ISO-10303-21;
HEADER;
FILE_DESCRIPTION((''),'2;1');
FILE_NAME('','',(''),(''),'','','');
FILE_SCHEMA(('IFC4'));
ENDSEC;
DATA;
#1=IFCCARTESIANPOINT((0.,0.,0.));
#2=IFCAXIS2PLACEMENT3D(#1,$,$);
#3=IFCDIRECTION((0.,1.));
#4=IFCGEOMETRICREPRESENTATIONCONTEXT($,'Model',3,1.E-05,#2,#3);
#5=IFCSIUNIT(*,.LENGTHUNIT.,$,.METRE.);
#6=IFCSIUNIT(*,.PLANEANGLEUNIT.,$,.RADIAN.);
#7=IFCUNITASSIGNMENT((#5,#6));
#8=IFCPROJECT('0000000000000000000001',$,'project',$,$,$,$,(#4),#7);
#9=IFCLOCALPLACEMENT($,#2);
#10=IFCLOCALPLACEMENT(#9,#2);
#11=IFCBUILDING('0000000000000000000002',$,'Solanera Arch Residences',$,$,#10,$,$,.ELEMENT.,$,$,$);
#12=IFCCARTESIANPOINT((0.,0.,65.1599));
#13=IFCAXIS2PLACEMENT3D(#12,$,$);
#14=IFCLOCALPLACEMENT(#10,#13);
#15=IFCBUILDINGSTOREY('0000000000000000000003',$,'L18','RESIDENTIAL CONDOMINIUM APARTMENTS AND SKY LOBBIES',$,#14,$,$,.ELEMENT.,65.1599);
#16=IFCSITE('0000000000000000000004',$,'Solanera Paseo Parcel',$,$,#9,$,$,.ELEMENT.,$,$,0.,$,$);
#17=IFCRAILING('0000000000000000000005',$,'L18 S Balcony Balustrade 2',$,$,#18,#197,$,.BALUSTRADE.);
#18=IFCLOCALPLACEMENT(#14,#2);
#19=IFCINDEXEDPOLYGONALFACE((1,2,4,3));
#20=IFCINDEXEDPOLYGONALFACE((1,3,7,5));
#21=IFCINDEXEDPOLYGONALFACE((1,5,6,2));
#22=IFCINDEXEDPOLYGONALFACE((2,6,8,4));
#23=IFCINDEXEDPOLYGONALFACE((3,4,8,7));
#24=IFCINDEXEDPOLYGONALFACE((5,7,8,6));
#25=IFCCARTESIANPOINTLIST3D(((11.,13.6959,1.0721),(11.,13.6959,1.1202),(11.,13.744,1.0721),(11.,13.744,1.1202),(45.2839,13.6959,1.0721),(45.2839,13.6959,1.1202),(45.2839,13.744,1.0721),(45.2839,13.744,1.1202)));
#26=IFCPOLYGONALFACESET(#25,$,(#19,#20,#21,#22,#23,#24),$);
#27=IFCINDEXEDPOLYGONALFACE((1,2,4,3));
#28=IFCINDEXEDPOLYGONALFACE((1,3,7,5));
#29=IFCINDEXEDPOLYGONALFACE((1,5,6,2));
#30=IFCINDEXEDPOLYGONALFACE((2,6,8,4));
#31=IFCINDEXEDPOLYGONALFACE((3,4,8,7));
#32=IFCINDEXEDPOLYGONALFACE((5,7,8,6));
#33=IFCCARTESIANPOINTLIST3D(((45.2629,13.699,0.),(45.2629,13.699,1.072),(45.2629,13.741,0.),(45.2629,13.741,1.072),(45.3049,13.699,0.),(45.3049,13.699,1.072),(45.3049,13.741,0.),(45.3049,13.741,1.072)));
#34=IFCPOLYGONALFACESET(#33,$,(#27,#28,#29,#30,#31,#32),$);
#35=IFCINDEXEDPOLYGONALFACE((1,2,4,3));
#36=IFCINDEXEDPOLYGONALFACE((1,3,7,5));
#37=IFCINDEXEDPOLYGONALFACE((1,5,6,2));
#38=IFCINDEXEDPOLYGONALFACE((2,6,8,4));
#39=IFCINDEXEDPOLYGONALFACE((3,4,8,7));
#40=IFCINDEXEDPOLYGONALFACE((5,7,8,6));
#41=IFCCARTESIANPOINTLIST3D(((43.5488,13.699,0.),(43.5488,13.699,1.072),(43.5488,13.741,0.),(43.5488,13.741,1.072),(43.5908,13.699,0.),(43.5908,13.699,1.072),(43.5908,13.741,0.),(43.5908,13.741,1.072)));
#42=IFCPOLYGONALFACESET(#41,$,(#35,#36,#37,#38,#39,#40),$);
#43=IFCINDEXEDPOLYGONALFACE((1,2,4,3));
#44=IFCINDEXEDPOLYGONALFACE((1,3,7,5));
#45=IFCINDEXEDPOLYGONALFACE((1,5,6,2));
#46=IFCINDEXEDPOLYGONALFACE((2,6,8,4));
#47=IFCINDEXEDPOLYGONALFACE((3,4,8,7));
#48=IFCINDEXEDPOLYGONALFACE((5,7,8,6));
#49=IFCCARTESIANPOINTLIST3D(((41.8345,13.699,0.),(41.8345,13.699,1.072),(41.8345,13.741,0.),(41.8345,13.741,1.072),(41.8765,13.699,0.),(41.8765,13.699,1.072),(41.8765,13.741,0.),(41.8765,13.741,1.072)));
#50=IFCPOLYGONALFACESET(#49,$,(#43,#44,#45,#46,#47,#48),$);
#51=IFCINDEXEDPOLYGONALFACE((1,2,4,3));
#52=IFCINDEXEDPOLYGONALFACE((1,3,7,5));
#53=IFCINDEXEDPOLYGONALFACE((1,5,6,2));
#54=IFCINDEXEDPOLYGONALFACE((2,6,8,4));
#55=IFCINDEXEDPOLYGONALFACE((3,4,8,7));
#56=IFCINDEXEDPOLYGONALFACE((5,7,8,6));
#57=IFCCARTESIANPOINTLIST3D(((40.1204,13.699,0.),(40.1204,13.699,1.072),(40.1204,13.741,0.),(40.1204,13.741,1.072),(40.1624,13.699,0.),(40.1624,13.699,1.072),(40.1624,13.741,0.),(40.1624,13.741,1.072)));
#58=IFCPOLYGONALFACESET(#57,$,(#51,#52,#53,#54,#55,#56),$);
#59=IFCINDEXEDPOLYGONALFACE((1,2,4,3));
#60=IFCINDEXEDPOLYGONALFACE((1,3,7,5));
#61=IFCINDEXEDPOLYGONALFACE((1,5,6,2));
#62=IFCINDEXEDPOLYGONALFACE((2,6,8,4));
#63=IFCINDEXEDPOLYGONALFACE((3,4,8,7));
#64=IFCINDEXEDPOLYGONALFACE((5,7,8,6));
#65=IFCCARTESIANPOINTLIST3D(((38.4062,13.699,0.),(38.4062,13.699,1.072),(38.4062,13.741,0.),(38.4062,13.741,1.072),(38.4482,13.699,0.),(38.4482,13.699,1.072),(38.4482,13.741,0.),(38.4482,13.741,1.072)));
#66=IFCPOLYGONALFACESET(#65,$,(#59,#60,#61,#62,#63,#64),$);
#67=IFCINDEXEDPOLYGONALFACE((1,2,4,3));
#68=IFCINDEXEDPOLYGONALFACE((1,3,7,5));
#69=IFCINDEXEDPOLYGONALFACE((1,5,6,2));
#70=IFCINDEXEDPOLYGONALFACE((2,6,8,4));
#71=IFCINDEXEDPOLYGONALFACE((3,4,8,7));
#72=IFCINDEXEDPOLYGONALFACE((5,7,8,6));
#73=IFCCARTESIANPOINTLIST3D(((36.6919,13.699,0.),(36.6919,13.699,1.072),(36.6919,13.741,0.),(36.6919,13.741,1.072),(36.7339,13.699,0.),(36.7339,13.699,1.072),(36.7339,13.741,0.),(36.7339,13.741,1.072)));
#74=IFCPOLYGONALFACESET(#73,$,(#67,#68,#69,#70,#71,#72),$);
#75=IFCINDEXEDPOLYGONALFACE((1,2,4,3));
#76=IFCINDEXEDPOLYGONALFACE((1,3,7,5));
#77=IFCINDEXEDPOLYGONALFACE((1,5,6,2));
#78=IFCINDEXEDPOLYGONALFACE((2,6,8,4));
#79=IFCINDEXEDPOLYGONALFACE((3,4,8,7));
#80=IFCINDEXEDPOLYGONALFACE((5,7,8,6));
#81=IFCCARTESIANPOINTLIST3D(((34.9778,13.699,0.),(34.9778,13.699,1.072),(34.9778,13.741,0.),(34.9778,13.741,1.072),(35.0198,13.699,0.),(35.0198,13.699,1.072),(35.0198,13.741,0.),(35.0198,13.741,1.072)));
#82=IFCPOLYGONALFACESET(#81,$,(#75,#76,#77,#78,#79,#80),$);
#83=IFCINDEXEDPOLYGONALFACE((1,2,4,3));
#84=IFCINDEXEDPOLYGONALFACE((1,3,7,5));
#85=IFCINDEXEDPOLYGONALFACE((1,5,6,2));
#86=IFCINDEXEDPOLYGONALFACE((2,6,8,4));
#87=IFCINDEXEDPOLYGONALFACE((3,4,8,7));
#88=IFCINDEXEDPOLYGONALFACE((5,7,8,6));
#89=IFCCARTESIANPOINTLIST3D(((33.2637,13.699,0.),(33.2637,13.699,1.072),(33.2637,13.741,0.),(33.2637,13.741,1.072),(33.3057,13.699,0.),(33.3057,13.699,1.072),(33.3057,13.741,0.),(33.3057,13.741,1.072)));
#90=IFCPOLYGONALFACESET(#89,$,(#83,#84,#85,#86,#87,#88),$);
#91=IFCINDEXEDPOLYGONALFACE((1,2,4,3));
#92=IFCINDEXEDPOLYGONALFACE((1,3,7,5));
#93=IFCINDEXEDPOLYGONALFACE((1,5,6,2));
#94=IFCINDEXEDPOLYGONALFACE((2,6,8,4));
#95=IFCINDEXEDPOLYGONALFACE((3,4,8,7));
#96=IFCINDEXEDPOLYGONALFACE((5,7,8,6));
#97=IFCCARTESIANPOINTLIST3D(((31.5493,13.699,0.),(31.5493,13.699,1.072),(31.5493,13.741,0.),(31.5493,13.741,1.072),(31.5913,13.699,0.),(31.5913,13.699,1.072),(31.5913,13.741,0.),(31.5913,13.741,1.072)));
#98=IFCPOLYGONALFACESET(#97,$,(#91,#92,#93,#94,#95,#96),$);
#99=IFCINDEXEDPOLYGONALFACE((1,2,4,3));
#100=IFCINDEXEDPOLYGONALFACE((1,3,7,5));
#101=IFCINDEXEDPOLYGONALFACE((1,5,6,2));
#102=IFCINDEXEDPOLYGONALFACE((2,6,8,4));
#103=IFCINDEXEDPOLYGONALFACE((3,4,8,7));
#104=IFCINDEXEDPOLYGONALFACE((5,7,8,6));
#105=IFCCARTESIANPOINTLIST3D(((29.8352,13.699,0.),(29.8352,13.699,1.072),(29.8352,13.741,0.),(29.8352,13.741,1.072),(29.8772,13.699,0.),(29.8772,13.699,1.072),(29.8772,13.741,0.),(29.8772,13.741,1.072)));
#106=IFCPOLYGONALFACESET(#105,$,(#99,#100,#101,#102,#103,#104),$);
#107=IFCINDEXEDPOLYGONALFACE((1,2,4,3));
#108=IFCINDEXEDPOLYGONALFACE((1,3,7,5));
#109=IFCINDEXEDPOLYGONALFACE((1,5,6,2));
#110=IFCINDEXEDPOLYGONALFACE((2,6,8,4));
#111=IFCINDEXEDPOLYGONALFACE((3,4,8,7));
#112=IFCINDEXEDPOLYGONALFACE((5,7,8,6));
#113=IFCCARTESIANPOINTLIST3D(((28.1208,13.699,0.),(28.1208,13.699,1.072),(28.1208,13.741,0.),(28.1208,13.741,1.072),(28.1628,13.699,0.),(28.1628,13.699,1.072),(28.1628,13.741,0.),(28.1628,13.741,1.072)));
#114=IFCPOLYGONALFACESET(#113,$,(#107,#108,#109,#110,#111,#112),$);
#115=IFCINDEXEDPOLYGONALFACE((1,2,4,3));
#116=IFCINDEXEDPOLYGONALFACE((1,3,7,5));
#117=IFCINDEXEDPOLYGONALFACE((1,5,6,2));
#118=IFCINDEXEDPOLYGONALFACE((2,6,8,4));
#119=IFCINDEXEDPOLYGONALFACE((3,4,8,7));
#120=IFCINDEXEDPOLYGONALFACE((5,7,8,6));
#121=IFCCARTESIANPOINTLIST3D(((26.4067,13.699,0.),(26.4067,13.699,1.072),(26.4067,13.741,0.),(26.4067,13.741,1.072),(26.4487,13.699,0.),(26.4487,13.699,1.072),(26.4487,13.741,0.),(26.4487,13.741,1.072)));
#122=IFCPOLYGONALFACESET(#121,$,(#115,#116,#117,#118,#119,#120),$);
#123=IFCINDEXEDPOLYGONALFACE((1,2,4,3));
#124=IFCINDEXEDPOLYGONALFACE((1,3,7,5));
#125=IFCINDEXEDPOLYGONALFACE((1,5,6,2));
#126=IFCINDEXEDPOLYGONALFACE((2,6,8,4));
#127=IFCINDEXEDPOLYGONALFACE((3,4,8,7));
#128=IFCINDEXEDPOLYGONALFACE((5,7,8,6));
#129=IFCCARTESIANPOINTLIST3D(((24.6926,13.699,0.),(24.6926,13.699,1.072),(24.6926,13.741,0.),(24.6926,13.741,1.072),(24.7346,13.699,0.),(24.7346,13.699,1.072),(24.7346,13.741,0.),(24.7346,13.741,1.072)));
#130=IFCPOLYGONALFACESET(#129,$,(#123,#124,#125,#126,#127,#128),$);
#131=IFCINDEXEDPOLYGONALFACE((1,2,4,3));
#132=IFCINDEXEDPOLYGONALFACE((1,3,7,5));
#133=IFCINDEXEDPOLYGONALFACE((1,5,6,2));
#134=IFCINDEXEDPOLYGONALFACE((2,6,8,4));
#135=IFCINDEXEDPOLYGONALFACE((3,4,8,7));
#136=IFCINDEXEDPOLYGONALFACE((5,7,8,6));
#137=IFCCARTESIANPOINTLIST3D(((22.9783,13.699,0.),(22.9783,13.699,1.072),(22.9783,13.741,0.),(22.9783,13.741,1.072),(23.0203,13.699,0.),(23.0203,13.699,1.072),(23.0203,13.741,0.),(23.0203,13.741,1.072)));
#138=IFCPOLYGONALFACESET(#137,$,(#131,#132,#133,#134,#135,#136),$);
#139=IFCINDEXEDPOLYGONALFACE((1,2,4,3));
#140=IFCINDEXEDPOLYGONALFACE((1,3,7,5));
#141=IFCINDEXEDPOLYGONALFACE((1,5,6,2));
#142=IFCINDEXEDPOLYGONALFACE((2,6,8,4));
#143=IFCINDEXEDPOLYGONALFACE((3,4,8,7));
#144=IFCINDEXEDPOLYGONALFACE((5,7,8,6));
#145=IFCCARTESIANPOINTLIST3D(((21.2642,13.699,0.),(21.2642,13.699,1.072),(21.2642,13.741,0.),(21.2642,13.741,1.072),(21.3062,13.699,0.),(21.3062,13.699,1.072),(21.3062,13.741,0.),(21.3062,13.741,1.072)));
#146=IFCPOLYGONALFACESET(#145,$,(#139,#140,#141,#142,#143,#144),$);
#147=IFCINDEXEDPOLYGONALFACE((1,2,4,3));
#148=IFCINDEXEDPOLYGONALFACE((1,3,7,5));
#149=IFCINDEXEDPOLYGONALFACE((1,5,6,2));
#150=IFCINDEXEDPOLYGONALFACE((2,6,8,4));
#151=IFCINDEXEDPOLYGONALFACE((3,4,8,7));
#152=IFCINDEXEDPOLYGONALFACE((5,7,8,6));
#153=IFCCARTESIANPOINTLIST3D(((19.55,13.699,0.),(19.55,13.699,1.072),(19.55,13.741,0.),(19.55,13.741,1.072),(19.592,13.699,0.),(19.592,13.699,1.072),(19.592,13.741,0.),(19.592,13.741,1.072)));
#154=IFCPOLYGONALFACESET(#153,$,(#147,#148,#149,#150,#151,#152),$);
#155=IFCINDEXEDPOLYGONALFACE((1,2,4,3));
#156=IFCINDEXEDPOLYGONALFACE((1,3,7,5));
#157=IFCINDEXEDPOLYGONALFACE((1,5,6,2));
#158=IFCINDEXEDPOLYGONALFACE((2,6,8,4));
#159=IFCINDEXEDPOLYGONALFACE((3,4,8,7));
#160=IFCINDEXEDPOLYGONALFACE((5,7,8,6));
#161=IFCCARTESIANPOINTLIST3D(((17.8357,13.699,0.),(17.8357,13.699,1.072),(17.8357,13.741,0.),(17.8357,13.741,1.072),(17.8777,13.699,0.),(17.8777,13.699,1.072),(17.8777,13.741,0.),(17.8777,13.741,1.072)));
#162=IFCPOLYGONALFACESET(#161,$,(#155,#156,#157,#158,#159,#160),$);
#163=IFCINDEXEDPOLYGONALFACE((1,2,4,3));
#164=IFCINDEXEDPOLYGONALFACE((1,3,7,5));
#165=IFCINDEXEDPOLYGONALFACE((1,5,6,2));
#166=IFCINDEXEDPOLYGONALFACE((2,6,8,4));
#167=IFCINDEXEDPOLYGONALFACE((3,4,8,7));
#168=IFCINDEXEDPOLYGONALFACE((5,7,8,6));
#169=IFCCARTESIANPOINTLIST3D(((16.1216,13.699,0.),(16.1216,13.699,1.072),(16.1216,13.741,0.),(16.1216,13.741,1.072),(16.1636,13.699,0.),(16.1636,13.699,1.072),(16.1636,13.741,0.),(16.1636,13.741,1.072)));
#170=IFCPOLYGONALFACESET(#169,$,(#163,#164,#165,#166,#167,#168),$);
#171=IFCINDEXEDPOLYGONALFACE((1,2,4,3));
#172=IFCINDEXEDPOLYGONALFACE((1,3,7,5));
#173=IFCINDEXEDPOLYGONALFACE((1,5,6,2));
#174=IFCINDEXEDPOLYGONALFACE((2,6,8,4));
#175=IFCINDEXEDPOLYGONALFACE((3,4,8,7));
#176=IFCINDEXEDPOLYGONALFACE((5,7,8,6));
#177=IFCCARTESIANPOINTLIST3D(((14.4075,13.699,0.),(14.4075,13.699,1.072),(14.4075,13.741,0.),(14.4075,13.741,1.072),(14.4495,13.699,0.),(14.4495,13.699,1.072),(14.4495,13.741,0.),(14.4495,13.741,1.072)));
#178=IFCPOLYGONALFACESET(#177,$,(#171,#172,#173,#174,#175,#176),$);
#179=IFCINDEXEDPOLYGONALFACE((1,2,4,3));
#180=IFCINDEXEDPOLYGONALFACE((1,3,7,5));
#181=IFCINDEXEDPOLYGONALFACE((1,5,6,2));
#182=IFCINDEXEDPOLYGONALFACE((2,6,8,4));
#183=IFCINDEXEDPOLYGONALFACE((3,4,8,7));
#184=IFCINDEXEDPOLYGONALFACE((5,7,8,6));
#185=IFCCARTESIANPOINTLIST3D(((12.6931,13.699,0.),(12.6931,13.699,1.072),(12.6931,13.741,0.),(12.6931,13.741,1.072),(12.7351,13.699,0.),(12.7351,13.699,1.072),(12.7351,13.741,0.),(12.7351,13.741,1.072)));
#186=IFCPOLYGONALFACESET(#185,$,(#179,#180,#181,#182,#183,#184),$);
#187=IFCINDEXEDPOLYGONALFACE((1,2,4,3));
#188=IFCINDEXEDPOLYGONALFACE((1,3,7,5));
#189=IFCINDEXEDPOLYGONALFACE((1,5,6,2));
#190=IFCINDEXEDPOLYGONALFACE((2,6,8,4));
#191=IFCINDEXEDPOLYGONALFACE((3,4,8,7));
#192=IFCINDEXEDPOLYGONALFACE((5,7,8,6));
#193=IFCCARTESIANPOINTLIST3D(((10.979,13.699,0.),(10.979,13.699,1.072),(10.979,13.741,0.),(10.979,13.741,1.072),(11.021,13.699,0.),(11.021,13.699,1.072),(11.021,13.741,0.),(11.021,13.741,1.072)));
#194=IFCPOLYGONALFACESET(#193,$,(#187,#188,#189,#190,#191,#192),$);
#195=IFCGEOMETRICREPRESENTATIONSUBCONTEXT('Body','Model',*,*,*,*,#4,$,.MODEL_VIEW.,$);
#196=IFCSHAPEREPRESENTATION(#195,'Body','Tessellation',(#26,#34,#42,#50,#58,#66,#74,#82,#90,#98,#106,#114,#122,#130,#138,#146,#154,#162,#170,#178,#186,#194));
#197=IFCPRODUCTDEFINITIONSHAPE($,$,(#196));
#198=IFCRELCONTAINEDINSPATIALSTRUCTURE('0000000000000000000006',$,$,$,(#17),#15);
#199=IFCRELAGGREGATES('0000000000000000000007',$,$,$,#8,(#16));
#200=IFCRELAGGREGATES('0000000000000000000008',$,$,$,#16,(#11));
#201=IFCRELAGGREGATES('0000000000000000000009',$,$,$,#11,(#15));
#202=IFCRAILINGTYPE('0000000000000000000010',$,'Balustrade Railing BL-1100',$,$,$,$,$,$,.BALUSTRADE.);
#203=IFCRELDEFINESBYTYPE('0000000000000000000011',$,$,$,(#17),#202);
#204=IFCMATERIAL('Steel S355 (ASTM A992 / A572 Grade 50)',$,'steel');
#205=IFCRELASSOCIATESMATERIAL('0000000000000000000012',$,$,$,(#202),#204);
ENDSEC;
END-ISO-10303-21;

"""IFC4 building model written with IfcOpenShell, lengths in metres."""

from ifc_helpers import new_model, si_unit, direction, frame, origin, origin_2d, place, context, subcontext, project, spatial, rectangle, extrude, material, type_object, element, save


model = new_model("IFC4")

# Units and contexts
model_context = context("Model", 3, precision=1e-05, world=origin(), true_north=direction((0.0, 1.0)))
body_context = subcontext(model_context, "Body", "Model", "MODEL_VIEW")
ifc_project = project(units=[si_unit("LENGTHUNIT", "METRE"), si_unit("PLANEANGLEUNIT", "RADIAN")], contexts=[model_context])

# Site, building, storey
site_placement = place(None, origin())
site = spatial("IfcSite", under=ifc_project, at=site_placement, Name="Solanera Paseo Parcel", CompositionType="ELEMENT", RefElevation=0.0)
building_placement = place(site_placement, origin())
building = spatial("IfcBuilding", under=site, at=building_placement, Name="Solanera Arch Residences", CompositionType="ELEMENT")
storey_placement = place(building_placement, frame((0.0, 0.0, 65.1599)))
storey = spatial("IfcBuildingStorey", under=building, at=storey_placement, Name="L18", Description="RESIDENTIAL CONDOMINIUM APARTMENTS AND SKY LOBBIES", CompositionType="ELEMENT", Elevation=65.1599)

# Railing
ifc_material_1 = material(Name="Steel S355 (ASTM A992 / A572 Grade 50)", Category="steel")
railing_type = type_object("IfcRailingType", Name="Balustrade Railing BL-1100", PredefinedType="BALUSTRADE", material=ifc_material_1)
railing_placement = place(storey_placement, frame((45.2839, 13.72, 0.0)))
element("IfcRailing", 1, at=railing_placement, inside=storey, type_object=railing_type, Name="L18 S Balcony Balustrade 2", PredefinedType="BALUSTRADE", context=body_context, shape_type="SweptSolid", body=[
    extrude(rectangle(XDim=0.0481, YDim=0.0481, at=origin_2d()), frame((0.0, 0.0, 1.0962), z_axis=(-1.0, 0.0, 0.0), x_axis=(0.0, -1.0, 0.0)), (0.0, 0.0, 1.0), 34.2839),
    extrude(rectangle(XDim=0.042, YDim=0.042, at=origin_2d()), origin(), (0.0, 0.0, 1.0), 1.072),
    extrude(rectangle(XDim=0.042, YDim=0.042, at=origin_2d()), frame((-1.7141, 0.0, 0.0)), (0.0, 0.0, 1.0), 1.072),
    extrude(rectangle(XDim=0.042, YDim=0.042, at=origin_2d()), frame((-3.4285, 0.0, 0.0)), (0.0, 0.0, 1.0), 1.072),
    extrude(rectangle(XDim=0.042, YDim=0.042, at=origin_2d()), frame((-5.1426, 0.0, 0.0)), (0.0, 0.0, 1.0), 1.072),
    extrude(rectangle(XDim=0.042, YDim=0.042, at=origin_2d()), frame((-6.8567, 0.0, 0.0)), (0.0, 0.0, 1.0), 1.072),
    extrude(rectangle(XDim=0.042, YDim=0.042, at=origin_2d()), frame((-8.571, 0.0, 0.0)), (0.0, 0.0, 1.0), 1.072),
    extrude(rectangle(XDim=0.042, YDim=0.042, at=origin_2d()), frame((-10.2852, 0.0, 0.0)), (0.0, 0.0, 1.0), 1.072),
    extrude(rectangle(XDim=0.042, YDim=0.042, at=origin_2d()), frame((-11.9993, 0.0, 0.0)), (0.0, 0.0, 1.0), 1.072),
    extrude(rectangle(XDim=0.042, YDim=0.042, at=origin_2d()), frame((-13.7136, 0.0, 0.0)), (0.0, 0.0, 1.0), 1.072),
    extrude(rectangle(XDim=0.042, YDim=0.042, at=origin_2d()), frame((-15.4277, 0.0, 0.0)), (0.0, 0.0, 1.0), 1.072),
    extrude(rectangle(XDim=0.042, YDim=0.042, at=origin_2d()), frame((-17.1421, 0.0, 0.0)), (0.0, 0.0, 1.0), 1.072),
    extrude(rectangle(XDim=0.042, YDim=0.042, at=origin_2d()), frame((-18.8562, 0.0, 0.0)), (0.0, 0.0, 1.0), 1.072),
    extrude(rectangle(XDim=0.042, YDim=0.042, at=origin_2d()), frame((-20.5703, 0.0, 0.0)), (0.0, 0.0, 1.0), 1.072),
    extrude(rectangle(XDim=0.042, YDim=0.042, at=origin_2d()), frame((-22.2847, 0.0, 0.0)), (0.0, 0.0, 1.0), 1.072),
    extrude(rectangle(XDim=0.042, YDim=0.042, at=origin_2d()), frame((-23.9988, 0.0, 0.0)), (0.0, 0.0, 1.0), 1.072),
    extrude(rectangle(XDim=0.042, YDim=0.042, at=origin_2d()), frame((-25.7129, 0.0, 0.0)), (0.0, 0.0, 1.0), 1.072),
    extrude(rectangle(XDim=0.042, YDim=0.042, at=origin_2d()), frame((-27.4272, 0.0, 0.0)), (0.0, 0.0, 1.0), 1.072),
    extrude(rectangle(XDim=0.042, YDim=0.042, at=origin_2d()), frame((-29.1414, 0.0, 0.0)), (0.0, 0.0, 1.0), 1.072),
    extrude(rectangle(XDim=0.042, YDim=0.042, at=origin_2d()), frame((-30.8555, 0.0, 0.0)), (0.0, 0.0, 1.0), 1.072),
    extrude(rectangle(XDim=0.042, YDim=0.042, at=origin_2d()), frame((-32.5698, 0.0, 0.0)), (0.0, 0.0, 1.0), 1.072),
    extrude(rectangle(XDim=0.042, YDim=0.042, at=origin_2d()), frame((-34.2839, 0.0, 0.0)), (0.0, 0.0, 1.0), 1.072),
])

save(model, "model.ifc")
